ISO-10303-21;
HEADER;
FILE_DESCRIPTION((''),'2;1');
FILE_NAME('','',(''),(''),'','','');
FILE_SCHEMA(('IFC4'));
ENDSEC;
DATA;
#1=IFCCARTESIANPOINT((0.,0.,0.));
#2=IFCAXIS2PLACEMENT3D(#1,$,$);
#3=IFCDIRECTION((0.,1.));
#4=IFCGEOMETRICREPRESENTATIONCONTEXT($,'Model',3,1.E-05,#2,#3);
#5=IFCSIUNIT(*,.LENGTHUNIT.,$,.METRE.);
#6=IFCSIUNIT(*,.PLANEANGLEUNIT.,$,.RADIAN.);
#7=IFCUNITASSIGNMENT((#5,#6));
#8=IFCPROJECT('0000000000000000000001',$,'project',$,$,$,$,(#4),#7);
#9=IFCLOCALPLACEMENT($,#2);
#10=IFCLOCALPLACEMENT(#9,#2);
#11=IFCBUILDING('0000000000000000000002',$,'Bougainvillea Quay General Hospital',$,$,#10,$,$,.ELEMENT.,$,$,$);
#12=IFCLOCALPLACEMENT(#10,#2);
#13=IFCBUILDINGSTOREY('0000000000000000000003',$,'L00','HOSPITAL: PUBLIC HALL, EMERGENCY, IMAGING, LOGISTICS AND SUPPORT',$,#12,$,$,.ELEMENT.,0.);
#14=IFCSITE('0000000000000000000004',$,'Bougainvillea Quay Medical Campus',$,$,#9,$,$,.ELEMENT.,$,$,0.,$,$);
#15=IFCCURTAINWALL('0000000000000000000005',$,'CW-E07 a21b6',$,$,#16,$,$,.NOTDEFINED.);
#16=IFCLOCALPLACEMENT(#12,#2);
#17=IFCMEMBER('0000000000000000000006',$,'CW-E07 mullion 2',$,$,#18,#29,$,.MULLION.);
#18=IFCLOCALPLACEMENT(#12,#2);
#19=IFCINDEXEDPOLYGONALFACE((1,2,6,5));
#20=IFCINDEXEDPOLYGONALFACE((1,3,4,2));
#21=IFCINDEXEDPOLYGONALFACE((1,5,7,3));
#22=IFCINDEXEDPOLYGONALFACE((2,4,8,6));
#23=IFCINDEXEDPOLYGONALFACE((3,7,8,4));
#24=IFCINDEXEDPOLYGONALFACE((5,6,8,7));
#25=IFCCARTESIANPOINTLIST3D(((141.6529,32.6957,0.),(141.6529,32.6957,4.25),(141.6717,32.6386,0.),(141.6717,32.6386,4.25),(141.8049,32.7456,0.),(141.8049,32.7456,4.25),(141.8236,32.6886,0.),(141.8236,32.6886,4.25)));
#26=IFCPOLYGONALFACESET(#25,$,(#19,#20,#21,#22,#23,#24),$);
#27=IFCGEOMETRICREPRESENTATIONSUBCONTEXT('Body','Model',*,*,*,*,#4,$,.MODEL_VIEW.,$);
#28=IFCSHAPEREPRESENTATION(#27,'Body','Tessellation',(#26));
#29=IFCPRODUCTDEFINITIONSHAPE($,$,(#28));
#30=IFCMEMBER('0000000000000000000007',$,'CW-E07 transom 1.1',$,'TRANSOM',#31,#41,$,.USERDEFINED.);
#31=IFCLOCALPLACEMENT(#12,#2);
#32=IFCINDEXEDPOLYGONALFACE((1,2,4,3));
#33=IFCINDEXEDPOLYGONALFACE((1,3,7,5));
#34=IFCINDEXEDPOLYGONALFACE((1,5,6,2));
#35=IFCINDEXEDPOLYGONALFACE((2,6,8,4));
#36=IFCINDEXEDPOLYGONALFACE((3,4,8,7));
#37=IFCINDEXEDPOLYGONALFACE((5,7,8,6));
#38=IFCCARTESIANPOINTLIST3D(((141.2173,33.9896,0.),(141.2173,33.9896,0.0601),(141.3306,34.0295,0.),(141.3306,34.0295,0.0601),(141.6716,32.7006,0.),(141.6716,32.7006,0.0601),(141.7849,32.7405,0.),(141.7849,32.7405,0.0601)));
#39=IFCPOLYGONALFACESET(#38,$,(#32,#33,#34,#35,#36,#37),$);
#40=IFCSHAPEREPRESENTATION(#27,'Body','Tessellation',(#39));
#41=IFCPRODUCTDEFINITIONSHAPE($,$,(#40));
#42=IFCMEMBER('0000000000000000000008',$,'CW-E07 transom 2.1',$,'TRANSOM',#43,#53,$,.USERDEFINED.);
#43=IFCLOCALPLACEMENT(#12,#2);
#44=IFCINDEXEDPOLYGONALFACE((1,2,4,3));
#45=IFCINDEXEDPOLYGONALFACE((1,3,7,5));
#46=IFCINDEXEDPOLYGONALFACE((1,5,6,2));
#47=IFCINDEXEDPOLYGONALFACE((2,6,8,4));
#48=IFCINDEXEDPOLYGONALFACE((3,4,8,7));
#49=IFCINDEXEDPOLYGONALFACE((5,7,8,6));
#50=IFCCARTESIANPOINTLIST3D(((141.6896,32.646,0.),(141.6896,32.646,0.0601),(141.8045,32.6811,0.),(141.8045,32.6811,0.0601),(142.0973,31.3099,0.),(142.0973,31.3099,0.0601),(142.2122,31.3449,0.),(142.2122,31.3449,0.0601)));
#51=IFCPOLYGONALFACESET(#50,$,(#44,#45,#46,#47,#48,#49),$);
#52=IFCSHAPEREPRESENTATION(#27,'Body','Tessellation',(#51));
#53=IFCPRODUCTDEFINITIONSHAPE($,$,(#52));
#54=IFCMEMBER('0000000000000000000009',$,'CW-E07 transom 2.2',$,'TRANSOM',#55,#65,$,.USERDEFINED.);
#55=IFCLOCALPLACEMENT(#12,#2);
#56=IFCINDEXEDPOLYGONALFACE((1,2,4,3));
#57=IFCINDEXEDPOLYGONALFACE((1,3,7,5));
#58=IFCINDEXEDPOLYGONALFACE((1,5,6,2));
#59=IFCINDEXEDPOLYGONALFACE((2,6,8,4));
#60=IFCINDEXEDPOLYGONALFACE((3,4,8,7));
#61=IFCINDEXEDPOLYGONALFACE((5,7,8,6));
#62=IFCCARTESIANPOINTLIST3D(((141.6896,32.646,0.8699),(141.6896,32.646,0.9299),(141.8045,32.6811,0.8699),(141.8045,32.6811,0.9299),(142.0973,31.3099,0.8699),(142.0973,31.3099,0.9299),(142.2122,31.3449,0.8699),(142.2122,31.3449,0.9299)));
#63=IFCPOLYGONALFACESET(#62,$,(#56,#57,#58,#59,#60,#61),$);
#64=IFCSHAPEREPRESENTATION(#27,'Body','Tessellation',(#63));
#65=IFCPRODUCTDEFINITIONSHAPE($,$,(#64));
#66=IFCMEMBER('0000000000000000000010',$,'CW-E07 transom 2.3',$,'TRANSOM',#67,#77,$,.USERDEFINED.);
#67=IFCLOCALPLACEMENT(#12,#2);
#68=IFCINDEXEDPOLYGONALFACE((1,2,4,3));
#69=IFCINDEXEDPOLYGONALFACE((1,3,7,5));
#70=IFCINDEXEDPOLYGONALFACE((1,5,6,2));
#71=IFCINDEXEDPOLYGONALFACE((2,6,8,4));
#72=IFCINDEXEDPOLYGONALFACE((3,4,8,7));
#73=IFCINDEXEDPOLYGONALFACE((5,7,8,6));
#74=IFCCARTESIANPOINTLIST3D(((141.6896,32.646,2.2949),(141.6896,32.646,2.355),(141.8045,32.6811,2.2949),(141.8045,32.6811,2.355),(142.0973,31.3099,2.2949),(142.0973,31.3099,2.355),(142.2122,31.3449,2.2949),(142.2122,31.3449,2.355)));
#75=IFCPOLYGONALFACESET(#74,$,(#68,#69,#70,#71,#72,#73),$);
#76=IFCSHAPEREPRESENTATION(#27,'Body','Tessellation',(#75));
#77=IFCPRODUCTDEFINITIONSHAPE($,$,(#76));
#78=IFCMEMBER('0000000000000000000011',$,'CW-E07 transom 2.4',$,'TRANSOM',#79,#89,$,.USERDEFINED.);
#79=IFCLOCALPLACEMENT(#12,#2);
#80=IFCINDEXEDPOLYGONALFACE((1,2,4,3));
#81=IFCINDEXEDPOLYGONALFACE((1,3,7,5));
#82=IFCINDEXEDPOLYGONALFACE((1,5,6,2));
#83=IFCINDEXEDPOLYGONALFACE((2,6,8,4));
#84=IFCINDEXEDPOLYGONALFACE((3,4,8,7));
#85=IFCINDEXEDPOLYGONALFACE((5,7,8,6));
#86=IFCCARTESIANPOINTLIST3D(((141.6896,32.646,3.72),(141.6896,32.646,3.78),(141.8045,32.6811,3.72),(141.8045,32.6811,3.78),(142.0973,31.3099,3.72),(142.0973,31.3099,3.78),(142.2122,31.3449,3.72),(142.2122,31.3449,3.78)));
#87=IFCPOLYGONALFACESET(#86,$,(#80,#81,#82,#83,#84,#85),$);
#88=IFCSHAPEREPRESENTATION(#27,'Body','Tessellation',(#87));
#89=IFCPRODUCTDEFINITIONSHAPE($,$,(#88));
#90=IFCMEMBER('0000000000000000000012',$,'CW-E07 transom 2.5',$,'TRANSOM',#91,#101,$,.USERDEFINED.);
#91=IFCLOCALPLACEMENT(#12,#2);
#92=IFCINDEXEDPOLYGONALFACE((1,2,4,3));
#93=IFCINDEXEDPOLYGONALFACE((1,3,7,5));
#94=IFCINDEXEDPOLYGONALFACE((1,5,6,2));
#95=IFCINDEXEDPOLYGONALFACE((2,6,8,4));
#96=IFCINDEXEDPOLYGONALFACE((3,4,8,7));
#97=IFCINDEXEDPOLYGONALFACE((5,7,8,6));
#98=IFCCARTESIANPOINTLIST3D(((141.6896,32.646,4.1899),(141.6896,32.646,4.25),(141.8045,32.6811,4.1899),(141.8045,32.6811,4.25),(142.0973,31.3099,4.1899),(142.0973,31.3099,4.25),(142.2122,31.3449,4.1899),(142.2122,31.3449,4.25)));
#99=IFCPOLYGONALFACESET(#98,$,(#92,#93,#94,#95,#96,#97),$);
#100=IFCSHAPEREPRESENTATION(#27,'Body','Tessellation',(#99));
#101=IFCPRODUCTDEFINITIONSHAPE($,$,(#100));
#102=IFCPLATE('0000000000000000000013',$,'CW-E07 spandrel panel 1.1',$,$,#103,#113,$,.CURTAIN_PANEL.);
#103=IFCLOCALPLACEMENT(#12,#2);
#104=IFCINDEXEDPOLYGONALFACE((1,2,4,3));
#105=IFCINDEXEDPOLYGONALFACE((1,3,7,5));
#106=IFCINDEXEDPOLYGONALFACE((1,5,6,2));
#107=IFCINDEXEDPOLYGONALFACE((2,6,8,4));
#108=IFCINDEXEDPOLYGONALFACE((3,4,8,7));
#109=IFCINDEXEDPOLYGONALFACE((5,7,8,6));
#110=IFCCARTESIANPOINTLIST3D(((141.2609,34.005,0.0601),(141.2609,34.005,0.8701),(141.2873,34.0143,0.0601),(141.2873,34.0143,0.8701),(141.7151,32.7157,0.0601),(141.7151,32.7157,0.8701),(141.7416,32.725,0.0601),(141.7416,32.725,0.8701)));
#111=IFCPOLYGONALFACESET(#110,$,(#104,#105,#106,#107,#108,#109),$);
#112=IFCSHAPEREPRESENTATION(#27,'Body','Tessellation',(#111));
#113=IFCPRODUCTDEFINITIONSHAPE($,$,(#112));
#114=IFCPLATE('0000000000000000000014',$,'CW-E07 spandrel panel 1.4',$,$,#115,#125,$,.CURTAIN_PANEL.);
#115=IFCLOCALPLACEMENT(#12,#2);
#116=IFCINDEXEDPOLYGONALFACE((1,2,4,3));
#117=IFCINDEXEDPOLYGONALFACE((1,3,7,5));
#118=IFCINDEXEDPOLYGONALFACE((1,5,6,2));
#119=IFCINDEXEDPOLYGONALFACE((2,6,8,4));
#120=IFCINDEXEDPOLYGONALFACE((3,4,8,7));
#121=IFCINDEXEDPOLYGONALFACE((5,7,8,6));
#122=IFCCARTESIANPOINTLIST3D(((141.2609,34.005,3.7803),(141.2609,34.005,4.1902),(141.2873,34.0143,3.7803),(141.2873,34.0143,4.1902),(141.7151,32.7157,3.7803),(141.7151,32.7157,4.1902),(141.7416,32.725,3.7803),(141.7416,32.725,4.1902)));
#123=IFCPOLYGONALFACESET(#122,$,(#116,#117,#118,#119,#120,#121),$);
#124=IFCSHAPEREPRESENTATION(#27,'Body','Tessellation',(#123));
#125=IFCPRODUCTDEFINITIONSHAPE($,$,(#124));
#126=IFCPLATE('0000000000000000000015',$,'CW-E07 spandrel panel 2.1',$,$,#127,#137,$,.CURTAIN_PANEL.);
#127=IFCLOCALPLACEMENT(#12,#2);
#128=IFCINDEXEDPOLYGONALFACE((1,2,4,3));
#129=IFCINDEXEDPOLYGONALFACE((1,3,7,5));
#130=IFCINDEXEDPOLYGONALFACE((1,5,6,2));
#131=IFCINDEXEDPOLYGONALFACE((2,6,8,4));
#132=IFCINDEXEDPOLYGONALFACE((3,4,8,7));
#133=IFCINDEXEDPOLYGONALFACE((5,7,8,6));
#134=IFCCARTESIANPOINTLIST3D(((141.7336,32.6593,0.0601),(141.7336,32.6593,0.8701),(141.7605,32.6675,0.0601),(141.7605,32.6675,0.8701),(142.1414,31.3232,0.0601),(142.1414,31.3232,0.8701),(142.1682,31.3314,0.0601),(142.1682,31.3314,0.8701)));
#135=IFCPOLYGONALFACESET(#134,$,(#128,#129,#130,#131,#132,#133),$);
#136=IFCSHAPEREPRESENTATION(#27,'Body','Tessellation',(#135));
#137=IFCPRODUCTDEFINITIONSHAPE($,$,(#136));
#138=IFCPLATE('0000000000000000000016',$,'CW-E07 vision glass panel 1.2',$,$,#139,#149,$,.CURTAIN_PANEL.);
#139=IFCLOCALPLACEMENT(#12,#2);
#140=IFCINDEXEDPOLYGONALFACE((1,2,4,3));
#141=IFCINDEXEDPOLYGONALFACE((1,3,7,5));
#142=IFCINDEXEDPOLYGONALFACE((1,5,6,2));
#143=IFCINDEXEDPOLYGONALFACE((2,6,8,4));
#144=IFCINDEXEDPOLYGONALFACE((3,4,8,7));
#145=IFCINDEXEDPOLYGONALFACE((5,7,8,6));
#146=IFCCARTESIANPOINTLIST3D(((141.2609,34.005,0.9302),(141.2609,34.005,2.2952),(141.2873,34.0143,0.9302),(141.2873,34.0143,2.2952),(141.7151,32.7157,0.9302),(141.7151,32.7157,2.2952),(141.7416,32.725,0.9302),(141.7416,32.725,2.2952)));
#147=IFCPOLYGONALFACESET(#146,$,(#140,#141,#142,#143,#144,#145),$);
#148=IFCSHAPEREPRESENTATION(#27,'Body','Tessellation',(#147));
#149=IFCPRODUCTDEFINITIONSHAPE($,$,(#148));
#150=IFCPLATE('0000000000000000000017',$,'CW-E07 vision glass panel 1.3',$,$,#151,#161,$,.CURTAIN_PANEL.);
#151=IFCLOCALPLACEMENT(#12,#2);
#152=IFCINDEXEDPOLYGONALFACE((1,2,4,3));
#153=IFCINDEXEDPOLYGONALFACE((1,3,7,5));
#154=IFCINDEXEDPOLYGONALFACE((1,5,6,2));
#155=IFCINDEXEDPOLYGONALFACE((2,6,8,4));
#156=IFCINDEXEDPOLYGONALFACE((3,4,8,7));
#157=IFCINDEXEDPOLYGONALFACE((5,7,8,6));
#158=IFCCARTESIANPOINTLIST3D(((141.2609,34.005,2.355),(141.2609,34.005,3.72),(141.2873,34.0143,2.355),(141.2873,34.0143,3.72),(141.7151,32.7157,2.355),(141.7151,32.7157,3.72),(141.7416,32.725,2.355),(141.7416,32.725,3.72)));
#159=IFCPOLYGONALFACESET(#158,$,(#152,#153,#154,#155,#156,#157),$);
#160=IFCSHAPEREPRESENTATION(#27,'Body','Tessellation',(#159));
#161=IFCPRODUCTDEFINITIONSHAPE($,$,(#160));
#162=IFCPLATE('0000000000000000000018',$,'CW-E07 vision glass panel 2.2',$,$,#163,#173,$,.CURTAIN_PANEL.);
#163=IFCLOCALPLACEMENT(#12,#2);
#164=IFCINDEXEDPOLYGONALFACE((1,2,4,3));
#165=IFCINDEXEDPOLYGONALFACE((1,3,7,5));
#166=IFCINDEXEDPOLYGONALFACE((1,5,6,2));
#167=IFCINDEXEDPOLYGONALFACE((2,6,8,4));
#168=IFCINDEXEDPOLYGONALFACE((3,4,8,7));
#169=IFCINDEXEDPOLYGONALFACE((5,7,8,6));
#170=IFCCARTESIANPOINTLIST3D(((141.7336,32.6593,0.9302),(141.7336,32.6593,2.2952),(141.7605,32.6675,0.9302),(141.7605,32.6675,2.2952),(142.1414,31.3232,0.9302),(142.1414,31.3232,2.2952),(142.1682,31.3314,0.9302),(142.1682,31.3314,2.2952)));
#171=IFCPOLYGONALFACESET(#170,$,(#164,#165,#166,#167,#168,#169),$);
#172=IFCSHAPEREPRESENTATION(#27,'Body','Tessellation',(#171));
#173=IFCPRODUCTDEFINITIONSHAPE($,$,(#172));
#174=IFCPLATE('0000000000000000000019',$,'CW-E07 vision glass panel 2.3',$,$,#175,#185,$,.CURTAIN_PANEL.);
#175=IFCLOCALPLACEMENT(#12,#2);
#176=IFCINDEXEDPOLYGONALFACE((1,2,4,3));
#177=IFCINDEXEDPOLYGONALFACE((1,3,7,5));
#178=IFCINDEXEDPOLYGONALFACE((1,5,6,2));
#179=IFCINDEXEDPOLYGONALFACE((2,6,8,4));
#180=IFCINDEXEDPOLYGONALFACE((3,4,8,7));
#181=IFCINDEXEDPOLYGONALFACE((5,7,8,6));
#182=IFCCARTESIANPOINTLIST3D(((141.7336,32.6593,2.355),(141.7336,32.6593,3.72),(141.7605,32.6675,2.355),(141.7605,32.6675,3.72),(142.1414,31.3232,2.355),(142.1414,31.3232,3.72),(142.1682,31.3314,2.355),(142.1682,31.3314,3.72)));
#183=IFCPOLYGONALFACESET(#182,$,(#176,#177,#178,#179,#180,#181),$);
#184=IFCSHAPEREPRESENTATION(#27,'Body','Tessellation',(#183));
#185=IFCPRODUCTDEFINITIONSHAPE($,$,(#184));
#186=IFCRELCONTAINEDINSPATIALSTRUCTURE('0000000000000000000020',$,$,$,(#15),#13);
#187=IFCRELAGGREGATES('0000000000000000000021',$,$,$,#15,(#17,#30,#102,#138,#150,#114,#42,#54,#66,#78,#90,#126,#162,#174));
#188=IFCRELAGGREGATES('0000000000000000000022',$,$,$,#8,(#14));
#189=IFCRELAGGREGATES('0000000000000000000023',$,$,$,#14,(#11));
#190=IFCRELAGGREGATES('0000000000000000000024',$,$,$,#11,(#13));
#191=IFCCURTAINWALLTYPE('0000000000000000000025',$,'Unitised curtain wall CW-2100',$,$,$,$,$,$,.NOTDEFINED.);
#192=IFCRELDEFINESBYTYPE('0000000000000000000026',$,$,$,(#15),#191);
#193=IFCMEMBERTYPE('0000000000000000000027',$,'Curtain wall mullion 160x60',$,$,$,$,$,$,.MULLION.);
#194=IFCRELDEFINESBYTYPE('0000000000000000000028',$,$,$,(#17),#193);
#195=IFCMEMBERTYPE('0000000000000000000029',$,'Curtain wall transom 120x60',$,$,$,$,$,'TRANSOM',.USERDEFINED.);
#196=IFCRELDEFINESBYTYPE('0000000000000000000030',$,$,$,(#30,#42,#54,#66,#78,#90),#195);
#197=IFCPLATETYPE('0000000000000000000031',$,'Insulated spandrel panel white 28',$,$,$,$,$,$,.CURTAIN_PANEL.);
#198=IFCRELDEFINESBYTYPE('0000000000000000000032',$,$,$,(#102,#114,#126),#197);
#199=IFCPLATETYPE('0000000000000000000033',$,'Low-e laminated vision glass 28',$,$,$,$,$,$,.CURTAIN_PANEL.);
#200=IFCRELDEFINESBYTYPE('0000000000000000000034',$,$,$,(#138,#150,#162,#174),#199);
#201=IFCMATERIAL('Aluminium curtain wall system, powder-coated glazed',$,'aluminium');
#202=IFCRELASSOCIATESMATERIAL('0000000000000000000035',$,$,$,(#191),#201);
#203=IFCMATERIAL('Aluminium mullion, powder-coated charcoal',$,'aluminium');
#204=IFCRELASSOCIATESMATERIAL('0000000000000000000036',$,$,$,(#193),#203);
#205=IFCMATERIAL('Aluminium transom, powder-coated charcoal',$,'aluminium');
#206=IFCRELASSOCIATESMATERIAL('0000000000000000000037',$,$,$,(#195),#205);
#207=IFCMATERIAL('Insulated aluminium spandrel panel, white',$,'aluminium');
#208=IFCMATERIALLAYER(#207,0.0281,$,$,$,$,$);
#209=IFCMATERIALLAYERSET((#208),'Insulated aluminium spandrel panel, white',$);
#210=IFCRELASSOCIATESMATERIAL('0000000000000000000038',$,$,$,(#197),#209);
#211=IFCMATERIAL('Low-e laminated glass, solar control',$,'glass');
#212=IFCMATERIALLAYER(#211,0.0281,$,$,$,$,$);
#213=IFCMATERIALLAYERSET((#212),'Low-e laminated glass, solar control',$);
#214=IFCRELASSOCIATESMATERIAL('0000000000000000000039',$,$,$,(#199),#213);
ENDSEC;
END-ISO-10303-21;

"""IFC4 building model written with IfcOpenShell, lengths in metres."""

from ifc_helpers import new_model, si_unit, direction, frame, origin, origin_2d, place, context, subcontext, project, spatial, rectangle, extrude, material, layer, layer_set, material_profile, profile_set, type_object, element, aggregate, save


model = new_model("IFC4")

# Units and contexts
model_context = context("Model", 3, precision=1e-05, world=origin(), true_north=direction((0.0, 1.0)))
body_context = subcontext(model_context, "Body", "Model", "MODEL_VIEW")
ifc_project = project(units=[si_unit("LENGTHUNIT", "METRE"), si_unit("PLANEANGLEUNIT", "RADIAN")], contexts=[model_context])

# Site, building, storey
site_placement = place(None, origin())
site = spatial("IfcSite", under=ifc_project, at=site_placement, Name="Bougainvillea Quay Medical Campus", CompositionType="ELEMENT", RefElevation=0.0)
building_placement = place(site_placement, origin())
building = spatial("IfcBuilding", under=site, at=building_placement, Name="Bougainvillea Quay General Hospital", CompositionType="ELEMENT")
storey_placement = place(building_placement, origin())
storey = spatial("IfcBuildingStorey", under=building, at=storey_placement, Name="L00", Description="HOSPITAL: PUBLIC HALL, EMERGENCY, IMAGING, LOGISTICS AND SUPPORT", CompositionType="ELEMENT", Elevation=0.0)

# Curtain wall, members, plates
ifc_material_1 = material(Name="Aluminium curtain wall system, powder-coated glazed", Category="aluminium")
curtain_wall_type = type_object("IfcCurtainWallType", Name="Unitised curtain wall CW-2100", PredefinedType="NOTDEFINED", material=ifc_material_1)
curtain_wall_placement = place(storey_placement, origin())
curtain_wall = element("IfcCurtainWall", 1, at=curtain_wall_placement, inside=storey, type_object=curtain_wall_type, Name="CW-E07 a21b6", PredefinedType="NOTDEFINED")
ifc_material_2 = material(Name="Aluminium mullion, powder-coated charcoal", Category="aluminium")
ifc_material_profile_1 = material_profile(ifc_material_2, rectangle(XDim=0.1599, YDim=0.0601, at=origin_2d()))
ifc_profile_set_1 = profile_set([ifc_material_profile_1], Name="Aluminium mullion, powder-coated charcoal")
member_type_1 = type_object("IfcMemberType", Name="Curtain wall mullion 160x60", PredefinedType="MULLION", material=ifc_profile_set_1)
member_1_placement = place(storey_placement, frame((141.7383, 32.6921, 0.0), z_axis=(0.0, 0.0, 1.0), x_axis=(0.950023, 0.31218, 0.0)))
member_1 = element("IfcMember", 2, at=member_1_placement, type_object=member_type_1, Name="CW-E07 mullion 2", PredefinedType="MULLION", context=body_context, shape_type="SweptSolid", body=[
    extrude(rectangle(XDim=0.1599, YDim=0.0601, at=origin_2d()), origin(), (0.0, 0.0, 1.0), 4.25),
])
ifc_material_3 = material(Name="Aluminium transom, powder-coated charcoal", Category="aluminium")
ifc_material_profile_2 = material_profile(ifc_material_3, rectangle(XDim=0.1201, YDim=0.0601, at=origin_2d()))
ifc_profile_set_2 = profile_set([ifc_material_profile_2], Name="Aluminium transom, powder-coated charcoal")
member_type_2 = type_object("IfcMemberType", Name="Curtain wall transom 120x60", ElementType="TRANSOM", PredefinedType="USERDEFINED", material=ifc_profile_set_2)
member_2_placement = place(storey_placement, frame((141.2739, 34.0095, 0.03), z_axis=(0.332418, -0.943132, 0.0), x_axis=(0.943132, 0.332418, 0.0)))
member_2 = element("IfcMember", 3, at=member_2_placement, type_object=member_type_2, Name="CW-E07 transom 1.1", ObjectType="TRANSOM", PredefinedType="USERDEFINED", context=body_context, shape_type="SweptSolid", body=[
    extrude(rectangle(XDim=0.1201, YDim=0.0601, at=origin_2d()), origin(), (0.0, 0.0, 1.0), 1.3667),
])
member_3_placement = place(storey_placement, frame((141.7471, 32.6636, 0.03), z_axis=(0.29185, -0.956464, 0.0), x_axis=(0.956464, 0.29185, 0.0)))
member_3 = element("IfcMember", 4, at=member_3_placement, type_object=member_type_2, Name="CW-E07 transom 2.1", ObjectType="TRANSOM", PredefinedType="USERDEFINED", context=body_context, shape_type="SweptSolid", body=[
    extrude(rectangle(XDim=0.1201, YDim=0.0601, at=origin_2d()), origin(), (0.0, 0.0, 1.0), 1.397),
])
member_4_placement = place(storey_placement, frame((141.7471, 32.6636, 0.8999), z_axis=(0.29185, -0.956464, 0.0), x_axis=(0.956464, 0.29185, 0.0)))
member_4 = element("IfcMember", 5, at=member_4_placement, type_object=member_type_2, Name="CW-E07 transom 2.2", ObjectType="TRANSOM", PredefinedType="USERDEFINED", context=body_context, shape_type="SweptSolid", body=[
    extrude(rectangle(XDim=0.1201, YDim=0.0601, at=origin_2d()), origin(), (0.0, 0.0, 1.0), 1.397),
])
member_5_placement = place(storey_placement, frame((141.7471, 32.6636, 2.325), z_axis=(0.29185, -0.956464, 0.0), x_axis=(0.956464, 0.29185, 0.0)))
member_5 = element("IfcMember", 6, at=member_5_placement, type_object=member_type_2, Name="CW-E07 transom 2.3", ObjectType="TRANSOM", PredefinedType="USERDEFINED", context=body_context, shape_type="SweptSolid", body=[
    extrude(rectangle(XDim=0.1201, YDim=0.0601, at=origin_2d()), origin(), (0.0, 0.0, 1.0), 1.397),
])
member_6_placement = place(storey_placement, frame((141.7471, 32.6636, 3.75), z_axis=(0.29185, -0.956464, 0.0), x_axis=(0.956464, 0.29185, 0.0)))
member_6 = element("IfcMember", 7, at=member_6_placement, type_object=member_type_2, Name="CW-E07 transom 2.4", ObjectType="TRANSOM", PredefinedType="USERDEFINED", context=body_context, shape_type="SweptSolid", body=[
    extrude(rectangle(XDim=0.1201, YDim=0.0601, at=origin_2d()), origin(), (0.0, 0.0, 1.0), 1.397),
])
member_7_placement = place(storey_placement, frame((141.7471, 32.6636, 4.22), z_axis=(0.29185, -0.956464, 0.0), x_axis=(0.956464, 0.29185, 0.0)))
member_7 = element("IfcMember", 8, at=member_7_placement, type_object=member_type_2, Name="CW-E07 transom 2.5", ObjectType="TRANSOM", PredefinedType="USERDEFINED", context=body_context, shape_type="SweptSolid", body=[
    extrude(rectangle(XDim=0.1201, YDim=0.0601, at=origin_2d()), origin(), (0.0, 0.0, 1.0), 1.397),
])
ifc_material_4 = material(Name="Insulated aluminium spandrel panel, white", Category="aluminium")
ifc_layer_1 = layer(ifc_material_4, 0.0281)
ifc_layer_set_1 = layer_set([ifc_layer_1], Name="Insulated aluminium spandrel panel, white")
plate_type_1 = type_object("IfcPlateType", Name="Insulated spandrel panel white 28", PredefinedType="CURTAIN_PANEL", material=ifc_layer_set_1)
plate_1_placement = place(storey_placement, frame((141.5012, 33.365, 0.0601), z_axis=(0.0, 0.0, 1.0), x_axis=(0.332315, -0.943169, 0.0)))
plate_1 = element("IfcPlate", 9, at=plate_1_placement, type_object=plate_type_1, Name="CW-E07 spandrel panel 1.1", PredefinedType="CURTAIN_PANEL", context=body_context, shape_type="SweptSolid", body=[
    extrude(rectangle(XDim=1.3669, YDim=0.0281, at=origin_2d()), origin(), (0.0, 0.0, 1.0), 0.8101),
])
plate_2_placement = place(storey_placement, frame((141.5012, 33.365, 3.7803), z_axis=(0.0, 0.0, 1.0), x_axis=(0.332315, -0.943169, 0.0)))
plate_2 = element("IfcPlate", 10, at=plate_2_placement, type_object=plate_type_1, Name="CW-E07 spandrel panel 1.4", PredefinedType="CURTAIN_PANEL", context=body_context, shape_type="SweptSolid", body=[
    extrude(rectangle(XDim=1.3669, YDim=0.0281, at=origin_2d()), origin(), (0.0, 0.0, 1.0), 0.4099),
])
plate_3_placement = place(storey_placement, frame((141.9509, 31.9954, 0.0601), z_axis=(0.0, 0.0, 1.0), x_axis=(0.291904, -0.956448, 0.0)))
plate_3 = element("IfcPlate", 11, at=plate_3_placement, type_object=plate_type_1, Name="CW-E07 spandrel panel 2.1", PredefinedType="CURTAIN_PANEL", context=body_context, shape_type="SweptSolid", body=[
    extrude(rectangle(XDim=1.397, YDim=0.0281, at=origin_2d()), origin(), (0.0, 0.0, 1.0), 0.8101),
])
ifc_material_5 = material(Name="Low-e laminated glass, solar control", Category="glass")
ifc_layer_2 = layer(ifc_material_5, 0.0281)
ifc_layer_set_2 = layer_set([ifc_layer_2], Name="Low-e laminated glass, solar control")
plate_type_2 = type_object("IfcPlateType", Name="Low-e laminated vision glass 28", PredefinedType="CURTAIN_PANEL", material=ifc_layer_set_2)
plate_4_placement = place(storey_placement, frame((141.5012, 33.365, 0.9302), z_axis=(0.0, 0.0, 1.0), x_axis=(0.332315, -0.943169, 0.0)))
plate_4 = element("IfcPlate", 12, at=plate_4_placement, type_object=plate_type_2, Name="CW-E07 vision glass panel 1.2", PredefinedType="CURTAIN_PANEL", context=body_context, shape_type="SweptSolid", body=[
    extrude(rectangle(XDim=1.3669, YDim=0.0281, at=origin_2d()), origin(), (0.0, 0.0, 1.0), 1.365),
])
plate_5_placement = place(storey_placement, frame((141.5012, 33.365, 2.355), z_axis=(0.0, 0.0, 1.0), x_axis=(0.332315, -0.943169, 0.0)))
plate_5 = element("IfcPlate", 13, at=plate_5_placement, type_object=plate_type_2, Name="CW-E07 vision glass panel 1.3", PredefinedType="CURTAIN_PANEL", context=body_context, shape_type="SweptSolid", body=[
    extrude(rectangle(XDim=1.3669, YDim=0.0281, at=origin_2d()), origin(), (0.0, 0.0, 1.0), 1.365),
])
plate_6_placement = place(storey_placement, frame((141.9509, 31.9954, 0.9302), z_axis=(0.0, 0.0, 1.0), x_axis=(0.291904, -0.956448, 0.0)))
plate_6 = element("IfcPlate", 14, at=plate_6_placement, type_object=plate_type_2, Name="CW-E07 vision glass panel 2.2", PredefinedType="CURTAIN_PANEL", context=body_context, shape_type="SweptSolid", body=[
    extrude(rectangle(XDim=1.397, YDim=0.0281, at=origin_2d()), origin(), (0.0, 0.0, 1.0), 1.365),
])
plate_7_placement = place(storey_placement, frame((141.9509, 31.9954, 2.355), z_axis=(0.0, 0.0, 1.0), x_axis=(0.291904, -0.956448, 0.0)))
plate_7 = element("IfcPlate", 15, at=plate_7_placement, type_object=plate_type_2, Name="CW-E07 vision glass panel 2.3", PredefinedType="CURTAIN_PANEL", context=body_context, shape_type="SweptSolid", body=[
    extrude(rectangle(XDim=1.397, YDim=0.0281, at=origin_2d()), origin(), (0.0, 0.0, 1.0), 1.365),
])
aggregate(curtain_wall, [member_1, member_2, plate_1, plate_4, plate_5, plate_2, member_3, member_4, member_5, member_6, member_7, plate_3, plate_6, plate_7])

save(model, "model.ifc")
